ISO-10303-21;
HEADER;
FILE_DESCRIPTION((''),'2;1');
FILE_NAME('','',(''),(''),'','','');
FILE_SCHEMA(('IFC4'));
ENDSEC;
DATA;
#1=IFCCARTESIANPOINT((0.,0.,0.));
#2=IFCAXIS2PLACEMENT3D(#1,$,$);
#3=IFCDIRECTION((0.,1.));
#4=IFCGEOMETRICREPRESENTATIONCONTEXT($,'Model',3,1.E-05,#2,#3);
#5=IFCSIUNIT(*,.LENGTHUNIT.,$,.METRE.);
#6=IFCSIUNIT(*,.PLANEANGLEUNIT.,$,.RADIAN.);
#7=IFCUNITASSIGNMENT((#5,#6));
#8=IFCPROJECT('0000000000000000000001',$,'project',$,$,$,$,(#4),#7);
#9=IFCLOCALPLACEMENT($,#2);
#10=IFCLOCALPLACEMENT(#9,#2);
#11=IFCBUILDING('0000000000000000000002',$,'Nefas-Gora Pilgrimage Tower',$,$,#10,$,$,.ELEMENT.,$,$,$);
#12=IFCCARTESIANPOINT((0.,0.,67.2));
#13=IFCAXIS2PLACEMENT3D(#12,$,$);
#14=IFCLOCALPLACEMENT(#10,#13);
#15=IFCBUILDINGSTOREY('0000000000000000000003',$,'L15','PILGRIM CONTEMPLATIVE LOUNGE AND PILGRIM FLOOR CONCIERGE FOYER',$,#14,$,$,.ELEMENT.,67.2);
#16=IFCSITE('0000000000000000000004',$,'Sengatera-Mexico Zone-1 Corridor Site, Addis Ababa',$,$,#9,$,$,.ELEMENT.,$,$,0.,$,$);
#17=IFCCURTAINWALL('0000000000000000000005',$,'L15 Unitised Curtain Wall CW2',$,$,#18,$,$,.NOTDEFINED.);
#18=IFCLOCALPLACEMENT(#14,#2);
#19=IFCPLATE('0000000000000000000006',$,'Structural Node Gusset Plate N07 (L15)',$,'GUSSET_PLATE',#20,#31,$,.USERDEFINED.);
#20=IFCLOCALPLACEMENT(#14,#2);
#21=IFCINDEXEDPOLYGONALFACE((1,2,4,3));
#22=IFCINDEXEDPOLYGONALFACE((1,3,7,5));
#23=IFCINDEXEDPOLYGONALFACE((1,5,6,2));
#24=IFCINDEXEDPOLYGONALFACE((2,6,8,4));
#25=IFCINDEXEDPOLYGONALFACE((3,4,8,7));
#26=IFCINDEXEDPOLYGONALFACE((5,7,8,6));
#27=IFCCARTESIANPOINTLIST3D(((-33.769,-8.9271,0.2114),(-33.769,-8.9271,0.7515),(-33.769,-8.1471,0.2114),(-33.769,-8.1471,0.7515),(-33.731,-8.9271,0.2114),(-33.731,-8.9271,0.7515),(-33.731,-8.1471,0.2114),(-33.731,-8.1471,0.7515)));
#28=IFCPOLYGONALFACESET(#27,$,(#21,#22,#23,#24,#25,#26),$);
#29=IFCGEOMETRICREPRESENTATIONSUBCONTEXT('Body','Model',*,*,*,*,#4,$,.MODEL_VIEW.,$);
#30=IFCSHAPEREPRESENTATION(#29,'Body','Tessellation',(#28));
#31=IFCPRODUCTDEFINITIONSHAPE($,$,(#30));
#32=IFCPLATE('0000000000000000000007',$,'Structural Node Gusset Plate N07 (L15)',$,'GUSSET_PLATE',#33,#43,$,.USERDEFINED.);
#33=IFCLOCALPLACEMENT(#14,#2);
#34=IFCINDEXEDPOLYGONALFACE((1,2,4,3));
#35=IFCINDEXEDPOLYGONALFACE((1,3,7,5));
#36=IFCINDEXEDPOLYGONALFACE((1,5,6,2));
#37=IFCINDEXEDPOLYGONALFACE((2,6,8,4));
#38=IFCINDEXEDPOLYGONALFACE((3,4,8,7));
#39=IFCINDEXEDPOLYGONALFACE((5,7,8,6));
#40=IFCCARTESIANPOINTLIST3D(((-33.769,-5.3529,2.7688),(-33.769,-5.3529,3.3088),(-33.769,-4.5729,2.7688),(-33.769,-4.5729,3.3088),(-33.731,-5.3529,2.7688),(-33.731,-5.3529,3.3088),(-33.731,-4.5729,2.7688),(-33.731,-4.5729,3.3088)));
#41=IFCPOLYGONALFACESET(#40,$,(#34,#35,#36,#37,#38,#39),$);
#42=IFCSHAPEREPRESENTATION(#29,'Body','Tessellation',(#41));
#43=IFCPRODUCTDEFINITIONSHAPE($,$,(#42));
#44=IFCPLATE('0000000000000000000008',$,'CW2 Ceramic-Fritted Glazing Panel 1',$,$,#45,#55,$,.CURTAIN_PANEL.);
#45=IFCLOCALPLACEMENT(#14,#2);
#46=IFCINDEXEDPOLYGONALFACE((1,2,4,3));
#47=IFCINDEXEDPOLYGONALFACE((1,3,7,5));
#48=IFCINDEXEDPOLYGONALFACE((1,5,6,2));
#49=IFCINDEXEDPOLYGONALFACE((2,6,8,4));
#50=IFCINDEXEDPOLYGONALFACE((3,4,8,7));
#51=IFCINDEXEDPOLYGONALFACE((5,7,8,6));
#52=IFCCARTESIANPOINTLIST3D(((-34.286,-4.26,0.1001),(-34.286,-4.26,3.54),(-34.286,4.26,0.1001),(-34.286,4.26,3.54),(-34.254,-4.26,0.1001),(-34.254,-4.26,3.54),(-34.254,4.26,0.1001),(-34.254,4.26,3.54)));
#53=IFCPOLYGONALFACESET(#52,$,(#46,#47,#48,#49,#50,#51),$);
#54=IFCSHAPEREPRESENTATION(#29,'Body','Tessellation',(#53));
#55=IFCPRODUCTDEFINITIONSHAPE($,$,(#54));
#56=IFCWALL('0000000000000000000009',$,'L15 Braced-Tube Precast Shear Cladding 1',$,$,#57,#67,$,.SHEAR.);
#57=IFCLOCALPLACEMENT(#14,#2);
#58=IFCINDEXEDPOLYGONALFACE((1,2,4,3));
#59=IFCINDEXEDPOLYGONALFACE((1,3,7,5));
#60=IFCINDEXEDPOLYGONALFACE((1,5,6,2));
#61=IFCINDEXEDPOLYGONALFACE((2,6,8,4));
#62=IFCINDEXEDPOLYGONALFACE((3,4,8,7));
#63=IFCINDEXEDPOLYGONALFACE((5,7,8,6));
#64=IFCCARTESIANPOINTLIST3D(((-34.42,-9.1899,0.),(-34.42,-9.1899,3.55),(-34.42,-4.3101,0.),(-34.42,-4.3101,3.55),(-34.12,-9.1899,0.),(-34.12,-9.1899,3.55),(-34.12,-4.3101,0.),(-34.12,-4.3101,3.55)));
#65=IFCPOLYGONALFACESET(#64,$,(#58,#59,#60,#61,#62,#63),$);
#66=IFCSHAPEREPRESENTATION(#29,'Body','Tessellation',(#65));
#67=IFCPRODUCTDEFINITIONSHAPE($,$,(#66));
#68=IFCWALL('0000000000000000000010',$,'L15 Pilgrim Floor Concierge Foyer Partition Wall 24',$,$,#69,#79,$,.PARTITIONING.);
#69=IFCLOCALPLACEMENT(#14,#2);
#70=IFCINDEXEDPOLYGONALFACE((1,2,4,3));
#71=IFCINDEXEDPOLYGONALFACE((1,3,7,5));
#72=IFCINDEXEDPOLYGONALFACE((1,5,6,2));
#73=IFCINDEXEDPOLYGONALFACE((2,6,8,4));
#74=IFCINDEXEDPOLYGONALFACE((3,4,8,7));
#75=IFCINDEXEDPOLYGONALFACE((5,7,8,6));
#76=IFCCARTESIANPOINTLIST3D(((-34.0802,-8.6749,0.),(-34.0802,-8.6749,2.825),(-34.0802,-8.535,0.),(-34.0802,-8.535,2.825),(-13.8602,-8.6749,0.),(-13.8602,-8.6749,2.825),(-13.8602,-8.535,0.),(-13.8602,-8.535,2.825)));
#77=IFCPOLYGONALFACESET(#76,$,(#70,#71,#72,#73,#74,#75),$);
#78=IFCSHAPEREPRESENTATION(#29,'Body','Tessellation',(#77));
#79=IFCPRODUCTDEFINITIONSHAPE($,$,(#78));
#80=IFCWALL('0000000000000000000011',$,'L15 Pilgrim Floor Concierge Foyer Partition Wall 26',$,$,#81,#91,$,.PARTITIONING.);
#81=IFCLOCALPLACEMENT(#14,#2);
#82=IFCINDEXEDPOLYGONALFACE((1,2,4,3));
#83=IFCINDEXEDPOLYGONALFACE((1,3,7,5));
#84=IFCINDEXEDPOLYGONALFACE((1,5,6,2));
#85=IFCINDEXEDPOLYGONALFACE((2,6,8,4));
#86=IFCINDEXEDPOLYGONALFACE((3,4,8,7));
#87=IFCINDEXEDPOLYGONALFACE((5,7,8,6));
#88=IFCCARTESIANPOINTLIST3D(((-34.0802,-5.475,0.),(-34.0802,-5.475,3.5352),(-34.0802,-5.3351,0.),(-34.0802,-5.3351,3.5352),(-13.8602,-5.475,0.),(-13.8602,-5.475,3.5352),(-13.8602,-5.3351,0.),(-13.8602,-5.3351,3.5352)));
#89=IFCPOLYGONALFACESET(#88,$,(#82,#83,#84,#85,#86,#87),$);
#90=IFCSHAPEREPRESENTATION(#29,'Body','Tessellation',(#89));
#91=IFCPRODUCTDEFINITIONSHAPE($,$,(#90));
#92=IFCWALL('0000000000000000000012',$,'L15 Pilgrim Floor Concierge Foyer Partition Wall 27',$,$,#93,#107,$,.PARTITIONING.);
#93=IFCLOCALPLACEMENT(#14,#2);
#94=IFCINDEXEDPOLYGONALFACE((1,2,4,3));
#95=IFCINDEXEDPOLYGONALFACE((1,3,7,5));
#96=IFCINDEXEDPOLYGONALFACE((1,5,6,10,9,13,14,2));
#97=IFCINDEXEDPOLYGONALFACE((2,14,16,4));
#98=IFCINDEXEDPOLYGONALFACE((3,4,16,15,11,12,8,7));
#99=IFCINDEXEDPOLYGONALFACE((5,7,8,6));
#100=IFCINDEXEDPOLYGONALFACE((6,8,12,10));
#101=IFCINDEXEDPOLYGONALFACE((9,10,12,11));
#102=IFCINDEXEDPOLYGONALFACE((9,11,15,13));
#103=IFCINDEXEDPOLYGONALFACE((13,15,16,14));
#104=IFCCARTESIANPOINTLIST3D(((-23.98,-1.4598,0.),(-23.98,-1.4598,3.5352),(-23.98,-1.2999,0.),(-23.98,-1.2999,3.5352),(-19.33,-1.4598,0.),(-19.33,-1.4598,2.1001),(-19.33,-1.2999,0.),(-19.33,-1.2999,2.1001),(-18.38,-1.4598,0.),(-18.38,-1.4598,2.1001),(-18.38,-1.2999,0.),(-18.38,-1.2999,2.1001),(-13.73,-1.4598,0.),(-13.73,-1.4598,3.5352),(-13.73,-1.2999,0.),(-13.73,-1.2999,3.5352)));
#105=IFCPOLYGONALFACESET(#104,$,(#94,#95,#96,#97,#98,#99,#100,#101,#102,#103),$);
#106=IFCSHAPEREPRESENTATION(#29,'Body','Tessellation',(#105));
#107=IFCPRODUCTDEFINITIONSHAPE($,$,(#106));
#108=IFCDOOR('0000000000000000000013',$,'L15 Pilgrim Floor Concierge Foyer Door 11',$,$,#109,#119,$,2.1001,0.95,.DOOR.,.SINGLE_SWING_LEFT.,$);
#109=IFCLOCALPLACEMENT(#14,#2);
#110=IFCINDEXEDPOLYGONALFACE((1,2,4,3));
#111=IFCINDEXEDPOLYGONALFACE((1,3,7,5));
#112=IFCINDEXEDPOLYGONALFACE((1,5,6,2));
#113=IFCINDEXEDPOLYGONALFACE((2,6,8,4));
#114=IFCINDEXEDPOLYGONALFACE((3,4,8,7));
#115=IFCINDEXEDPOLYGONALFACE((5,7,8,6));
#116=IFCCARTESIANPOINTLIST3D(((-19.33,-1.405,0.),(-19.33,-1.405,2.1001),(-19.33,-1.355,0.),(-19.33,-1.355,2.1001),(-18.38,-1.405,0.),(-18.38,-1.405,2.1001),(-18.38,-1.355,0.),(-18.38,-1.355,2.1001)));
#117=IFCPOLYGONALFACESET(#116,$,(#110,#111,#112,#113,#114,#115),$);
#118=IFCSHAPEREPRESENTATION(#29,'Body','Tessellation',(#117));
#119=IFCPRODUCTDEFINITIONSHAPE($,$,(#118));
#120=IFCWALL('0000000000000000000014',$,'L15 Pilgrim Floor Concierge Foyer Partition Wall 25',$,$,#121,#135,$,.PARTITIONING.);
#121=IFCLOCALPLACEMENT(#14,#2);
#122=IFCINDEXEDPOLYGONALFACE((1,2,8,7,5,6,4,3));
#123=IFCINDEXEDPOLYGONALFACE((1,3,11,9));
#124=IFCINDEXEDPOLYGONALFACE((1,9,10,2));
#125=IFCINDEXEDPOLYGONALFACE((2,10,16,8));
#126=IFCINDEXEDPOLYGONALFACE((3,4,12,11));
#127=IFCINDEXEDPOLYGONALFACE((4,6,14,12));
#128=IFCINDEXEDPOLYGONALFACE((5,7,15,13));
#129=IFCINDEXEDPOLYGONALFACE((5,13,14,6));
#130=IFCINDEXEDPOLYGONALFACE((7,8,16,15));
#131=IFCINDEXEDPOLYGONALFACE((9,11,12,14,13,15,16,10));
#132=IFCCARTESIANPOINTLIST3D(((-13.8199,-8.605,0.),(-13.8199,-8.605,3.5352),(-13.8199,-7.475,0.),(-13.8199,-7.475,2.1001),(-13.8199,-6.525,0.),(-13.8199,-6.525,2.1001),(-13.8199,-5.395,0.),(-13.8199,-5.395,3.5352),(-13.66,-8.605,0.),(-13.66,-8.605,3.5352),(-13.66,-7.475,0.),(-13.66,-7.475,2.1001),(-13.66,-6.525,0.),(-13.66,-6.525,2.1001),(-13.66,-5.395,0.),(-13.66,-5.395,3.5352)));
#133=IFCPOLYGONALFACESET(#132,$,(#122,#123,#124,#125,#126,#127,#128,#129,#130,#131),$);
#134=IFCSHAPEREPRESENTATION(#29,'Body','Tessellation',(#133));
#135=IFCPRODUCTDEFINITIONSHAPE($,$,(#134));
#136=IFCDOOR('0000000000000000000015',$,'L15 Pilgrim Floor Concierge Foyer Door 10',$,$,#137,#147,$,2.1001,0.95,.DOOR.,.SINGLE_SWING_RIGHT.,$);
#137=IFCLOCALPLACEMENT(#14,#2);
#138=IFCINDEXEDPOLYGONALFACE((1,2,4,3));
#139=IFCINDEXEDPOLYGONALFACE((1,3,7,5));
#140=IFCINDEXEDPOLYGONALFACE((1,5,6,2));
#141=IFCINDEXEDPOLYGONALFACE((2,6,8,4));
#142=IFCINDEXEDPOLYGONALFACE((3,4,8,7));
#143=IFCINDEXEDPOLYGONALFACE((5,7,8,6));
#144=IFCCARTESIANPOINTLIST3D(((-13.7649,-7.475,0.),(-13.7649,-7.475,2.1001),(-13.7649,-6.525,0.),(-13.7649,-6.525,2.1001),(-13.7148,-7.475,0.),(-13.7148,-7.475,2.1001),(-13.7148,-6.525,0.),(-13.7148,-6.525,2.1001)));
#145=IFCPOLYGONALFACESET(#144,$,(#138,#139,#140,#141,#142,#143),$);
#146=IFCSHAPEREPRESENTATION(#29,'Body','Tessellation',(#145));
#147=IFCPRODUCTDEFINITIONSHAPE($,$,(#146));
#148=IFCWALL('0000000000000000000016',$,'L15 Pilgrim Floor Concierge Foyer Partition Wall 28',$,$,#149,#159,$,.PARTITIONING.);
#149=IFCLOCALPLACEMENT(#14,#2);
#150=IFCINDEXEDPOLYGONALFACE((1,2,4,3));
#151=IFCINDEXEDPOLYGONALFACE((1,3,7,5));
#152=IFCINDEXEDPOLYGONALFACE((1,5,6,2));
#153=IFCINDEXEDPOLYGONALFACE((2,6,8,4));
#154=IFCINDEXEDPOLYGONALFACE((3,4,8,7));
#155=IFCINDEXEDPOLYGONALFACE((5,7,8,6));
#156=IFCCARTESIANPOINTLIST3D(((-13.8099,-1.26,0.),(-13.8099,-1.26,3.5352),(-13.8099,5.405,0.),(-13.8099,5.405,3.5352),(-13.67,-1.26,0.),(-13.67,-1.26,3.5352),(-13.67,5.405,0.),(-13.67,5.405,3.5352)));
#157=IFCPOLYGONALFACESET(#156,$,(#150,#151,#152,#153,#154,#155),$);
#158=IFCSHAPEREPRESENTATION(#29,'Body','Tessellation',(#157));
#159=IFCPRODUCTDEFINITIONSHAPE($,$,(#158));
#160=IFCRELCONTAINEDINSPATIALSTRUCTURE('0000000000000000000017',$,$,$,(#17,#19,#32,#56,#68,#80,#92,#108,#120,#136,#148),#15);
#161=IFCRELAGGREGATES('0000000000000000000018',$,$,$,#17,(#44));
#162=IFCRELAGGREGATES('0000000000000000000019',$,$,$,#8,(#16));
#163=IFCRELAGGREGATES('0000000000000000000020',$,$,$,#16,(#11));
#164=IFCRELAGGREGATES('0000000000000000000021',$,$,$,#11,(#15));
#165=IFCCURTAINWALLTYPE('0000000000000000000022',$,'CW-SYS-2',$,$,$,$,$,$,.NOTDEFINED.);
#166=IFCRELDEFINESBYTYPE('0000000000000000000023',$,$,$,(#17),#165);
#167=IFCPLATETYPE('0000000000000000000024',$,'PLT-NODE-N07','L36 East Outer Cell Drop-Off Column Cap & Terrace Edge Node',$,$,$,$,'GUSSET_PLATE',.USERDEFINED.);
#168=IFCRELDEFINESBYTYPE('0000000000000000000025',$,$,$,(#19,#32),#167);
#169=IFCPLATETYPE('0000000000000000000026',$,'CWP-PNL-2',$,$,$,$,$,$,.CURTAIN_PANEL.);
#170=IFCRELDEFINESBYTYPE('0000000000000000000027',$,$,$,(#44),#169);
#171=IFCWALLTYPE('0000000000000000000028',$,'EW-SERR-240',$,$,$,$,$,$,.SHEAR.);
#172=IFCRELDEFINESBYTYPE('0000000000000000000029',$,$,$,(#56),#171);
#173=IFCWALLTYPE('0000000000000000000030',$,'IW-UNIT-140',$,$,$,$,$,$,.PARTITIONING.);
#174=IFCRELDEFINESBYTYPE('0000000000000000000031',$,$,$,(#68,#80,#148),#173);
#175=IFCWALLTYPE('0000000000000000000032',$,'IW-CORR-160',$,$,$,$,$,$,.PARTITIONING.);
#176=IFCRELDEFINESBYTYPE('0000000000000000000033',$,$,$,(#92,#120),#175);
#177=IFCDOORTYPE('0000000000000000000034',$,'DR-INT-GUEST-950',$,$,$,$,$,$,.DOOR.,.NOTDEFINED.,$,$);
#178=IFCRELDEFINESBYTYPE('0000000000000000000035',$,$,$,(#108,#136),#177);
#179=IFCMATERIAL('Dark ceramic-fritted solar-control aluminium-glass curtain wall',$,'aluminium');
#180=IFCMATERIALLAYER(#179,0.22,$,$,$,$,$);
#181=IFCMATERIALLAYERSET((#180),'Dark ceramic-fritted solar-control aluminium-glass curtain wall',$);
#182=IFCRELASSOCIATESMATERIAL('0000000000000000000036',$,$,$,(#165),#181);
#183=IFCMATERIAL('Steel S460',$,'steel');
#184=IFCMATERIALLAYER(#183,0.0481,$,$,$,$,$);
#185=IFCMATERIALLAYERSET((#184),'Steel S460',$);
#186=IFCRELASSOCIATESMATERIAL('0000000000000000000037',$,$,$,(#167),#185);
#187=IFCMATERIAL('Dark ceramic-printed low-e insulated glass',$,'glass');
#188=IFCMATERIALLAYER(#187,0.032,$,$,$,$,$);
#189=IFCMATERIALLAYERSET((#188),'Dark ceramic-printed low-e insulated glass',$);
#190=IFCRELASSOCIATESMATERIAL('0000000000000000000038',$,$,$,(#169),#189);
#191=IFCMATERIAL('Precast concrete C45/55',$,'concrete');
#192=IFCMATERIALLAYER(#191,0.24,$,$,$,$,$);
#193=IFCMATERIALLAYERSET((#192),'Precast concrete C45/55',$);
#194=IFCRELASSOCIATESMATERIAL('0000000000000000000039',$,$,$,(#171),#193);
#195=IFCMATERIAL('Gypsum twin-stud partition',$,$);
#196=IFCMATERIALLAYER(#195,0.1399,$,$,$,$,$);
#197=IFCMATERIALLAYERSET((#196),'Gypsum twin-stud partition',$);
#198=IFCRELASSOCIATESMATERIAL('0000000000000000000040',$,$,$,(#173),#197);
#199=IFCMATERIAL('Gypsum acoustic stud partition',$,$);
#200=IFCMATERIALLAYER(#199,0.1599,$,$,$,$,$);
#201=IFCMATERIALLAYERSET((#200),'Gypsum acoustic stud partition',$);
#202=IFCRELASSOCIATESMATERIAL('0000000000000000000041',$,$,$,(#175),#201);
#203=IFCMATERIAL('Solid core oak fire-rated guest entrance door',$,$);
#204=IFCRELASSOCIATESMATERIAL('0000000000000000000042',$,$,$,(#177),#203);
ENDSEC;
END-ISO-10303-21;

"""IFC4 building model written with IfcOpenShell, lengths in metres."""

from ifc_helpers import new_model, si_unit, direction, frame, frame_2d, origin, origin_2d, place, context, subcontext, project, spatial, rectangle, extrude, source, transform, mapped, material, layer, layer_set, type_object, element, fill, aggregate, save


model = new_model("IFC4")

# Units and contexts
model_context = context("Model", 3, precision=1e-05, world=origin(), true_north=direction((0.0, 1.0)))
body_context = subcontext(model_context, "Body", "Model", "MODEL_VIEW")
ifc_project = project(units=[si_unit("LENGTHUNIT", "METRE"), si_unit("PLANEANGLEUNIT", "RADIAN")], contexts=[model_context])

# Site, building, storey
site_placement = place(None, origin())
site = spatial("IfcSite", under=ifc_project, at=site_placement, Name="Sengatera-Mexico Zone-1 Corridor Site, Addis Ababa", CompositionType="ELEMENT", RefElevation=0.0)
building_placement = place(site_placement, origin())
building = spatial("IfcBuilding", under=site, at=building_placement, Name="Nefas-Gora Pilgrimage Tower", CompositionType="ELEMENT")
storey_placement = place(building_placement, frame((0.0, 0.0, 67.2)))
storey = spatial("IfcBuildingStorey", under=building, at=storey_placement, Name="L15", Description="PILGRIM CONTEMPLATIVE LOUNGE AND PILGRIM FLOOR CONCIERGE FOYER", CompositionType="ELEMENT", Elevation=67.2)

# Shared definitions
ifc_material_1 = material(Name="Steel S460", Category="steel")

# Curtain wall
ifc_material_2 = material(Name="Dark ceramic-fritted solar-control aluminium-glass curtain wall", Category="aluminium")
ifc_layer_1 = layer(ifc_material_2, 0.22)
ifc_layer_set_1 = layer_set([ifc_layer_1], Name="Dark ceramic-fritted solar-control aluminium-glass curtain wall")
curtain_wall_type = type_object("IfcCurtainWallType", Name="CW-SYS-2", PredefinedType="NOTDEFINED", material=ifc_layer_set_1)
curtain_wall_placement = place(storey_placement, origin())
curtain_wall = element("IfcCurtainWall", 1, at=curtain_wall_placement, inside=storey, type_object=curtain_wall_type, Name="L15 Unitised Curtain Wall CW2", PredefinedType="NOTDEFINED")

# Plates
ifc_layer_2 = layer(ifc_material_1, 0.0481)
ifc_layer_set_2 = layer_set([ifc_layer_2], Name="Steel S460")
plate_type_1 = type_object("IfcPlateType", Name="PLT-NODE-N07", Description="L36 East Outer Cell Drop-Off Column Cap & Terrace Edge Node", ElementType="GUSSET_PLATE", PredefinedType="USERDEFINED", material=ifc_layer_set_2)
shared_shape_1 = source(origin(), body_context, "Body", "SweptSolid", [
    extrude(rectangle(XDim=0.78, YDim=0.0381, at=origin_2d()), origin(), (0.0, 0.0, 1.0), 0.54),
])
for number, where, z_axis, x_axis, name in (
    (2, (-33.75, -8.5371, 0.2114), (0.0, 0.0, 1.0), (0.0, 1.0, 0.0), "Structural Node Gusset Plate N07 (L15)"),
    (3, (-33.75, -4.9629, 2.7688), (0.0, 0.0, 1.0), (0.0, 1.0, 0.0), "Structural Node Gusset Plate N07 (L15)"),
):
    element("IfcPlate", number, at=place(storey_placement, frame(where, z_axis=z_axis, x_axis=x_axis)), inside=storey, type_object=plate_type_1, Name=name, ObjectType="GUSSET_PLATE", PredefinedType="USERDEFINED", context=body_context, shape_type="MappedRepresentation", body=[
        mapped(shared_shape_1, transform((0.0, 0.0, 0.0), x_axis=(1.0, 0.0, 0.0), y_axis=(0.0, 1.0, 0.0), z_axis=(0.0, 0.0, 1.0), scale=1.0)),
    ])

# Plate
ifc_material_3 = material(Name="Dark ceramic-printed low-e insulated glass", Category="glass")
ifc_layer_3 = layer(ifc_material_3, 0.032)
ifc_layer_set_3 = layer_set([ifc_layer_3], Name="Dark ceramic-printed low-e insulated glass")
plate_type_2 = type_object("IfcPlateType", Name="CWP-PNL-2", PredefinedType="CURTAIN_PANEL", material=ifc_layer_set_3)
shared_shape_2 = source(origin(), body_context, "Body", "SweptSolid", [
    extrude(rectangle(XDim=8.52, YDim=0.032, at=origin_2d()), origin(), (0.0, 0.0, 1.0), 3.4399),
])
plate_placement = place(storey_placement, frame((-34.27, 0.0, 0.1001), z_axis=(0.0, 0.0, 1.0), x_axis=(0.0, -1.0, 0.0)))
plate = element("IfcPlate", 4, at=plate_placement, type_object=plate_type_2, Name="CW2 Ceramic-Fritted Glazing Panel 1", PredefinedType="CURTAIN_PANEL", context=body_context, shape_type="MappedRepresentation", body=[
    mapped(shared_shape_2, transform((0.0, 0.0, 0.0), x_axis=(1.0, 0.0, 0.0), y_axis=(0.0, 1.0, 0.0), z_axis=(0.0, 0.0, 1.0), scale=1.0)),
])
aggregate(curtain_wall, [plate])

# Walls
ifc_material_4 = material(Name="Precast concrete C45/55", Category="concrete")
ifc_layer_4 = layer(ifc_material_4, 0.24)
ifc_layer_set_4 = layer_set([ifc_layer_4], Name="Precast concrete C45/55")
wall_type_1 = type_object("IfcWallType", Name="EW-SERR-240", PredefinedType="SHEAR", material=ifc_layer_set_4)
shared_shape_3 = source(origin(), body_context, "Body", "SweptSolid", [
    extrude(rectangle(XDim=4.8799, YDim=0.3, at=frame_2d((2.4399, 0.0))), origin(), (0.0, 0.0, 1.0), 3.55),
])
wall_1_placement = place(storey_placement, frame((-34.27, -9.1899, 0.0), z_axis=(0.0, 0.0, 1.0), x_axis=(0.0, 1.0, 0.0)))
element("IfcWall", 5, at=wall_1_placement, inside=storey, type_object=wall_type_1, Name="L15 Braced-Tube Precast Shear Cladding 1", PredefinedType="SHEAR", context=body_context, shape_type="MappedRepresentation", body=[
    mapped(shared_shape_3, transform((0.0, 0.0, 0.0), x_axis=(1.0, 0.0, 0.0), y_axis=(0.0, 1.0, 0.0), z_axis=(0.0, 0.0, 1.0), scale=1.0)),
])
ifc_material_5 = material(Name="Gypsum twin-stud partition")
ifc_layer_5 = layer(ifc_material_5, 0.1399)
ifc_layer_set_5 = layer_set([ifc_layer_5], Name="Gypsum twin-stud partition")
wall_type_2 = type_object("IfcWallType", Name="IW-UNIT-140", PredefinedType="PARTITIONING", material=ifc_layer_set_5)
shared_shape_4 = source(origin(), body_context, "Body", "SweptSolid", [
    extrude(rectangle(XDim=20.22, YDim=0.1399, at=frame_2d((10.1099, 0.0))), origin(), (0.0, 0.0, 1.0), 2.825),
])
wall_2_placement = place(storey_placement, frame((-34.0801, -8.605, 0.0), z_axis=(0.0, 0.0, 1.0), x_axis=(1.0, 0.0, 0.0)))
element("IfcWall", 6, at=wall_2_placement, inside=storey, type_object=wall_type_2, Name="L15 Pilgrim Floor Concierge Foyer Partition Wall 24", PredefinedType="PARTITIONING", context=body_context, shape_type="MappedRepresentation", body=[
    mapped(shared_shape_4, transform((0.0, 0.0, 0.0), x_axis=(1.0, 0.0, 0.0), y_axis=(0.0, 1.0, 0.0), z_axis=(0.0, 0.0, 1.0), scale=1.0)),
])
shared_shape_5 = source(origin(), body_context, "Body", "SweptSolid", [
    extrude(rectangle(XDim=20.22, YDim=0.1399, at=frame_2d((10.1099, 0.0))), origin(), (0.0, 0.0, 1.0), 3.5352),
])
wall_3_placement = place(storey_placement, frame((-34.0801, -5.405, 0.0), z_axis=(0.0, 0.0, 1.0), x_axis=(1.0, 0.0, 0.0)))
element("IfcWall", 7, at=wall_3_placement, inside=storey, type_object=wall_type_2, Name="L15 Pilgrim Floor Concierge Foyer Partition Wall 26", PredefinedType="PARTITIONING", context=body_context, shape_type="MappedRepresentation", body=[
    mapped(shared_shape_5, transform((0.0, 0.0, 0.0), x_axis=(1.0, 0.0, 0.0), y_axis=(0.0, 1.0, 0.0), z_axis=(0.0, 0.0, 1.0), scale=1.0)),
])

# Walls, openings, doors
ifc_material_6 = material(Name="Gypsum acoustic stud partition")
ifc_layer_6 = layer(ifc_material_6, 0.1599)
ifc_layer_set_6 = layer_set([ifc_layer_6], Name="Gypsum acoustic stud partition")
wall_type_3 = type_object("IfcWallType", Name="IW-CORR-160", PredefinedType="PARTITIONING", material=ifc_layer_set_6)
shared_shape_6 = source(origin(), body_context, "Body", "SweptSolid", [
    extrude(rectangle(XDim=10.25, YDim=0.1599, at=frame_2d((5.125, 0.0))), origin(), (0.0, 0.0, 1.0), 3.5352),
])
wall_4_placement = place(storey_placement, frame((-23.98, -1.3799, 0.0), z_axis=(0.0, 0.0, 1.0), x_axis=(1.0, 0.0, 0.0)))
wall_4 = element("IfcWall", 8, at=wall_4_placement, inside=storey, type_object=wall_type_3, Name="L15 Pilgrim Floor Concierge Foyer Partition Wall 27", PredefinedType="PARTITIONING", context=body_context, shape_type="MappedRepresentation", body=[
    mapped(shared_shape_6, transform((0.0, 0.0, 0.0), x_axis=(1.0, 0.0, 0.0), y_axis=(0.0, 1.0, 0.0), z_axis=(0.0, 0.0, 1.0), scale=1.0)),
])
opening_1_placement = place(wall_4_placement, frame((4.6499, 0.0, 0.0)))
opening_1 = element("IfcOpeningElement", 9, at=opening_1_placement, cuts=wall_4, PredefinedType="OPENING", context=body_context, shape_type="SweptSolid", body=[
    extrude(rectangle(XDim=0.95, YDim=2.1001, at=frame_2d((0.4751, 1.05))), frame((0.0, 0.0898, 0.0), z_axis=(0.0, -1.0, 0.0), x_axis=(1.0, 0.0, 0.0)), (0.0, 0.0, 1.0), 0.1799),
])
ifc_material_7 = material(Name="Solid core oak fire-rated guest entrance door")
door_type = type_object("IfcDoorType", Name="DR-INT-GUEST-950", OperationType="NOTDEFINED", PredefinedType="DOOR", material=ifc_material_7)
shared_shape_7 = source(origin(), body_context, "Body", "SweptSolid", [
    extrude(rectangle(XDim=0.95, YDim=2.1001, at=frame_2d((0.4751, 1.05))), frame((0.0, 0.0249, 0.0), z_axis=(0.0, -1.0, 0.0), x_axis=(1.0, 0.0, 0.0)), (0.0, 0.0, 1.0), 0.05),
])
door_1_placement = place(opening_1_placement, origin())
door_1 = element("IfcDoor", 10, at=door_1_placement, inside=storey, type_object=door_type, Name="L15 Pilgrim Floor Concierge Foyer Door 11", OperationType="SINGLE_SWING_LEFT", OverallHeight=2.1001, OverallWidth=0.95, PredefinedType="DOOR", context=body_context, shape_type="MappedRepresentation", body=[
    mapped(shared_shape_7, transform((0.0, 0.0, 0.0), x_axis=(1.0, 0.0, 0.0), y_axis=(0.0, 1.0, 0.0), z_axis=(0.0, 0.0, 1.0), scale=1.0)),
])
fill(opening_1, door_1)
shared_shape_8 = source(origin(), body_context, "Body", "SweptSolid", [
    extrude(rectangle(XDim=3.21, YDim=0.1599, at=frame_2d((1.605, 0.0))), origin(), (0.0, 0.0, 1.0), 3.5352),
])
wall_5_placement = place(storey_placement, frame((-13.74, -8.605, 0.0), z_axis=(0.0, 0.0, 1.0), x_axis=(0.0, 1.0, 0.0)))
wall_5 = element("IfcWall", 11, at=wall_5_placement, inside=storey, type_object=wall_type_3, Name="L15 Pilgrim Floor Concierge Foyer Partition Wall 25", PredefinedType="PARTITIONING", context=body_context, shape_type="MappedRepresentation", body=[
    mapped(shared_shape_8, transform((0.0, 0.0, 0.0), x_axis=(1.0, 0.0, 0.0), y_axis=(0.0, 1.0, 0.0), z_axis=(0.0, 0.0, 1.0), scale=1.0)),
])
opening_2_placement = place(wall_5_placement, frame((1.1299, 0.0, 0.0)))
opening_2 = element("IfcOpeningElement", 12, at=opening_2_placement, cuts=wall_5, PredefinedType="OPENING", context=body_context, shape_type="SweptSolid", body=[
    extrude(rectangle(XDim=0.95, YDim=2.1001, at=frame_2d((0.4751, 1.05))), frame((0.0, 0.0898, 0.0), z_axis=(0.0, -1.0, 0.0), x_axis=(1.0, 0.0, 0.0)), (0.0, 0.0, 1.0), 0.1799),
])
door_2_placement = place(opening_2_placement, origin())
door_2 = element("IfcDoor", 13, at=door_2_placement, inside=storey, type_object=door_type, Name="L15 Pilgrim Floor Concierge Foyer Door 10", OperationType="SINGLE_SWING_RIGHT", OverallHeight=2.1001, OverallWidth=0.95, PredefinedType="DOOR", context=body_context, shape_type="MappedRepresentation", body=[
    mapped(shared_shape_7, transform((0.0, 0.0, 0.0), x_axis=(1.0, 0.0, 0.0), y_axis=(0.0, 1.0, 0.0), z_axis=(0.0, 0.0, 1.0), scale=1.0)),
])
fill(opening_2, door_2)

# Wall
shared_shape_9 = source(origin(), body_context, "Body", "SweptSolid", [
    extrude(rectangle(XDim=6.665, YDim=0.1399, at=frame_2d((3.3325, 0.0))), origin(), (0.0, 0.0, 1.0), 3.5352),
])
wall_6_placement = place(storey_placement, frame((-13.74, -1.26, 0.0), z_axis=(0.0, 0.0, 1.0), x_axis=(0.0, 1.0, 0.0)))
element("IfcWall", 14, at=wall_6_placement, inside=storey, type_object=wall_type_2, Name="L15 Pilgrim Floor Concierge Foyer Partition Wall 28", PredefinedType="PARTITIONING", context=body_context, shape_type="MappedRepresentation", body=[
    mapped(shared_shape_9, transform((0.0, 0.0, 0.0), x_axis=(1.0, 0.0, 0.0), y_axis=(0.0, 1.0, 0.0), z_axis=(0.0, 0.0, 1.0), scale=1.0)),
])

save(model, "model.ifc")
